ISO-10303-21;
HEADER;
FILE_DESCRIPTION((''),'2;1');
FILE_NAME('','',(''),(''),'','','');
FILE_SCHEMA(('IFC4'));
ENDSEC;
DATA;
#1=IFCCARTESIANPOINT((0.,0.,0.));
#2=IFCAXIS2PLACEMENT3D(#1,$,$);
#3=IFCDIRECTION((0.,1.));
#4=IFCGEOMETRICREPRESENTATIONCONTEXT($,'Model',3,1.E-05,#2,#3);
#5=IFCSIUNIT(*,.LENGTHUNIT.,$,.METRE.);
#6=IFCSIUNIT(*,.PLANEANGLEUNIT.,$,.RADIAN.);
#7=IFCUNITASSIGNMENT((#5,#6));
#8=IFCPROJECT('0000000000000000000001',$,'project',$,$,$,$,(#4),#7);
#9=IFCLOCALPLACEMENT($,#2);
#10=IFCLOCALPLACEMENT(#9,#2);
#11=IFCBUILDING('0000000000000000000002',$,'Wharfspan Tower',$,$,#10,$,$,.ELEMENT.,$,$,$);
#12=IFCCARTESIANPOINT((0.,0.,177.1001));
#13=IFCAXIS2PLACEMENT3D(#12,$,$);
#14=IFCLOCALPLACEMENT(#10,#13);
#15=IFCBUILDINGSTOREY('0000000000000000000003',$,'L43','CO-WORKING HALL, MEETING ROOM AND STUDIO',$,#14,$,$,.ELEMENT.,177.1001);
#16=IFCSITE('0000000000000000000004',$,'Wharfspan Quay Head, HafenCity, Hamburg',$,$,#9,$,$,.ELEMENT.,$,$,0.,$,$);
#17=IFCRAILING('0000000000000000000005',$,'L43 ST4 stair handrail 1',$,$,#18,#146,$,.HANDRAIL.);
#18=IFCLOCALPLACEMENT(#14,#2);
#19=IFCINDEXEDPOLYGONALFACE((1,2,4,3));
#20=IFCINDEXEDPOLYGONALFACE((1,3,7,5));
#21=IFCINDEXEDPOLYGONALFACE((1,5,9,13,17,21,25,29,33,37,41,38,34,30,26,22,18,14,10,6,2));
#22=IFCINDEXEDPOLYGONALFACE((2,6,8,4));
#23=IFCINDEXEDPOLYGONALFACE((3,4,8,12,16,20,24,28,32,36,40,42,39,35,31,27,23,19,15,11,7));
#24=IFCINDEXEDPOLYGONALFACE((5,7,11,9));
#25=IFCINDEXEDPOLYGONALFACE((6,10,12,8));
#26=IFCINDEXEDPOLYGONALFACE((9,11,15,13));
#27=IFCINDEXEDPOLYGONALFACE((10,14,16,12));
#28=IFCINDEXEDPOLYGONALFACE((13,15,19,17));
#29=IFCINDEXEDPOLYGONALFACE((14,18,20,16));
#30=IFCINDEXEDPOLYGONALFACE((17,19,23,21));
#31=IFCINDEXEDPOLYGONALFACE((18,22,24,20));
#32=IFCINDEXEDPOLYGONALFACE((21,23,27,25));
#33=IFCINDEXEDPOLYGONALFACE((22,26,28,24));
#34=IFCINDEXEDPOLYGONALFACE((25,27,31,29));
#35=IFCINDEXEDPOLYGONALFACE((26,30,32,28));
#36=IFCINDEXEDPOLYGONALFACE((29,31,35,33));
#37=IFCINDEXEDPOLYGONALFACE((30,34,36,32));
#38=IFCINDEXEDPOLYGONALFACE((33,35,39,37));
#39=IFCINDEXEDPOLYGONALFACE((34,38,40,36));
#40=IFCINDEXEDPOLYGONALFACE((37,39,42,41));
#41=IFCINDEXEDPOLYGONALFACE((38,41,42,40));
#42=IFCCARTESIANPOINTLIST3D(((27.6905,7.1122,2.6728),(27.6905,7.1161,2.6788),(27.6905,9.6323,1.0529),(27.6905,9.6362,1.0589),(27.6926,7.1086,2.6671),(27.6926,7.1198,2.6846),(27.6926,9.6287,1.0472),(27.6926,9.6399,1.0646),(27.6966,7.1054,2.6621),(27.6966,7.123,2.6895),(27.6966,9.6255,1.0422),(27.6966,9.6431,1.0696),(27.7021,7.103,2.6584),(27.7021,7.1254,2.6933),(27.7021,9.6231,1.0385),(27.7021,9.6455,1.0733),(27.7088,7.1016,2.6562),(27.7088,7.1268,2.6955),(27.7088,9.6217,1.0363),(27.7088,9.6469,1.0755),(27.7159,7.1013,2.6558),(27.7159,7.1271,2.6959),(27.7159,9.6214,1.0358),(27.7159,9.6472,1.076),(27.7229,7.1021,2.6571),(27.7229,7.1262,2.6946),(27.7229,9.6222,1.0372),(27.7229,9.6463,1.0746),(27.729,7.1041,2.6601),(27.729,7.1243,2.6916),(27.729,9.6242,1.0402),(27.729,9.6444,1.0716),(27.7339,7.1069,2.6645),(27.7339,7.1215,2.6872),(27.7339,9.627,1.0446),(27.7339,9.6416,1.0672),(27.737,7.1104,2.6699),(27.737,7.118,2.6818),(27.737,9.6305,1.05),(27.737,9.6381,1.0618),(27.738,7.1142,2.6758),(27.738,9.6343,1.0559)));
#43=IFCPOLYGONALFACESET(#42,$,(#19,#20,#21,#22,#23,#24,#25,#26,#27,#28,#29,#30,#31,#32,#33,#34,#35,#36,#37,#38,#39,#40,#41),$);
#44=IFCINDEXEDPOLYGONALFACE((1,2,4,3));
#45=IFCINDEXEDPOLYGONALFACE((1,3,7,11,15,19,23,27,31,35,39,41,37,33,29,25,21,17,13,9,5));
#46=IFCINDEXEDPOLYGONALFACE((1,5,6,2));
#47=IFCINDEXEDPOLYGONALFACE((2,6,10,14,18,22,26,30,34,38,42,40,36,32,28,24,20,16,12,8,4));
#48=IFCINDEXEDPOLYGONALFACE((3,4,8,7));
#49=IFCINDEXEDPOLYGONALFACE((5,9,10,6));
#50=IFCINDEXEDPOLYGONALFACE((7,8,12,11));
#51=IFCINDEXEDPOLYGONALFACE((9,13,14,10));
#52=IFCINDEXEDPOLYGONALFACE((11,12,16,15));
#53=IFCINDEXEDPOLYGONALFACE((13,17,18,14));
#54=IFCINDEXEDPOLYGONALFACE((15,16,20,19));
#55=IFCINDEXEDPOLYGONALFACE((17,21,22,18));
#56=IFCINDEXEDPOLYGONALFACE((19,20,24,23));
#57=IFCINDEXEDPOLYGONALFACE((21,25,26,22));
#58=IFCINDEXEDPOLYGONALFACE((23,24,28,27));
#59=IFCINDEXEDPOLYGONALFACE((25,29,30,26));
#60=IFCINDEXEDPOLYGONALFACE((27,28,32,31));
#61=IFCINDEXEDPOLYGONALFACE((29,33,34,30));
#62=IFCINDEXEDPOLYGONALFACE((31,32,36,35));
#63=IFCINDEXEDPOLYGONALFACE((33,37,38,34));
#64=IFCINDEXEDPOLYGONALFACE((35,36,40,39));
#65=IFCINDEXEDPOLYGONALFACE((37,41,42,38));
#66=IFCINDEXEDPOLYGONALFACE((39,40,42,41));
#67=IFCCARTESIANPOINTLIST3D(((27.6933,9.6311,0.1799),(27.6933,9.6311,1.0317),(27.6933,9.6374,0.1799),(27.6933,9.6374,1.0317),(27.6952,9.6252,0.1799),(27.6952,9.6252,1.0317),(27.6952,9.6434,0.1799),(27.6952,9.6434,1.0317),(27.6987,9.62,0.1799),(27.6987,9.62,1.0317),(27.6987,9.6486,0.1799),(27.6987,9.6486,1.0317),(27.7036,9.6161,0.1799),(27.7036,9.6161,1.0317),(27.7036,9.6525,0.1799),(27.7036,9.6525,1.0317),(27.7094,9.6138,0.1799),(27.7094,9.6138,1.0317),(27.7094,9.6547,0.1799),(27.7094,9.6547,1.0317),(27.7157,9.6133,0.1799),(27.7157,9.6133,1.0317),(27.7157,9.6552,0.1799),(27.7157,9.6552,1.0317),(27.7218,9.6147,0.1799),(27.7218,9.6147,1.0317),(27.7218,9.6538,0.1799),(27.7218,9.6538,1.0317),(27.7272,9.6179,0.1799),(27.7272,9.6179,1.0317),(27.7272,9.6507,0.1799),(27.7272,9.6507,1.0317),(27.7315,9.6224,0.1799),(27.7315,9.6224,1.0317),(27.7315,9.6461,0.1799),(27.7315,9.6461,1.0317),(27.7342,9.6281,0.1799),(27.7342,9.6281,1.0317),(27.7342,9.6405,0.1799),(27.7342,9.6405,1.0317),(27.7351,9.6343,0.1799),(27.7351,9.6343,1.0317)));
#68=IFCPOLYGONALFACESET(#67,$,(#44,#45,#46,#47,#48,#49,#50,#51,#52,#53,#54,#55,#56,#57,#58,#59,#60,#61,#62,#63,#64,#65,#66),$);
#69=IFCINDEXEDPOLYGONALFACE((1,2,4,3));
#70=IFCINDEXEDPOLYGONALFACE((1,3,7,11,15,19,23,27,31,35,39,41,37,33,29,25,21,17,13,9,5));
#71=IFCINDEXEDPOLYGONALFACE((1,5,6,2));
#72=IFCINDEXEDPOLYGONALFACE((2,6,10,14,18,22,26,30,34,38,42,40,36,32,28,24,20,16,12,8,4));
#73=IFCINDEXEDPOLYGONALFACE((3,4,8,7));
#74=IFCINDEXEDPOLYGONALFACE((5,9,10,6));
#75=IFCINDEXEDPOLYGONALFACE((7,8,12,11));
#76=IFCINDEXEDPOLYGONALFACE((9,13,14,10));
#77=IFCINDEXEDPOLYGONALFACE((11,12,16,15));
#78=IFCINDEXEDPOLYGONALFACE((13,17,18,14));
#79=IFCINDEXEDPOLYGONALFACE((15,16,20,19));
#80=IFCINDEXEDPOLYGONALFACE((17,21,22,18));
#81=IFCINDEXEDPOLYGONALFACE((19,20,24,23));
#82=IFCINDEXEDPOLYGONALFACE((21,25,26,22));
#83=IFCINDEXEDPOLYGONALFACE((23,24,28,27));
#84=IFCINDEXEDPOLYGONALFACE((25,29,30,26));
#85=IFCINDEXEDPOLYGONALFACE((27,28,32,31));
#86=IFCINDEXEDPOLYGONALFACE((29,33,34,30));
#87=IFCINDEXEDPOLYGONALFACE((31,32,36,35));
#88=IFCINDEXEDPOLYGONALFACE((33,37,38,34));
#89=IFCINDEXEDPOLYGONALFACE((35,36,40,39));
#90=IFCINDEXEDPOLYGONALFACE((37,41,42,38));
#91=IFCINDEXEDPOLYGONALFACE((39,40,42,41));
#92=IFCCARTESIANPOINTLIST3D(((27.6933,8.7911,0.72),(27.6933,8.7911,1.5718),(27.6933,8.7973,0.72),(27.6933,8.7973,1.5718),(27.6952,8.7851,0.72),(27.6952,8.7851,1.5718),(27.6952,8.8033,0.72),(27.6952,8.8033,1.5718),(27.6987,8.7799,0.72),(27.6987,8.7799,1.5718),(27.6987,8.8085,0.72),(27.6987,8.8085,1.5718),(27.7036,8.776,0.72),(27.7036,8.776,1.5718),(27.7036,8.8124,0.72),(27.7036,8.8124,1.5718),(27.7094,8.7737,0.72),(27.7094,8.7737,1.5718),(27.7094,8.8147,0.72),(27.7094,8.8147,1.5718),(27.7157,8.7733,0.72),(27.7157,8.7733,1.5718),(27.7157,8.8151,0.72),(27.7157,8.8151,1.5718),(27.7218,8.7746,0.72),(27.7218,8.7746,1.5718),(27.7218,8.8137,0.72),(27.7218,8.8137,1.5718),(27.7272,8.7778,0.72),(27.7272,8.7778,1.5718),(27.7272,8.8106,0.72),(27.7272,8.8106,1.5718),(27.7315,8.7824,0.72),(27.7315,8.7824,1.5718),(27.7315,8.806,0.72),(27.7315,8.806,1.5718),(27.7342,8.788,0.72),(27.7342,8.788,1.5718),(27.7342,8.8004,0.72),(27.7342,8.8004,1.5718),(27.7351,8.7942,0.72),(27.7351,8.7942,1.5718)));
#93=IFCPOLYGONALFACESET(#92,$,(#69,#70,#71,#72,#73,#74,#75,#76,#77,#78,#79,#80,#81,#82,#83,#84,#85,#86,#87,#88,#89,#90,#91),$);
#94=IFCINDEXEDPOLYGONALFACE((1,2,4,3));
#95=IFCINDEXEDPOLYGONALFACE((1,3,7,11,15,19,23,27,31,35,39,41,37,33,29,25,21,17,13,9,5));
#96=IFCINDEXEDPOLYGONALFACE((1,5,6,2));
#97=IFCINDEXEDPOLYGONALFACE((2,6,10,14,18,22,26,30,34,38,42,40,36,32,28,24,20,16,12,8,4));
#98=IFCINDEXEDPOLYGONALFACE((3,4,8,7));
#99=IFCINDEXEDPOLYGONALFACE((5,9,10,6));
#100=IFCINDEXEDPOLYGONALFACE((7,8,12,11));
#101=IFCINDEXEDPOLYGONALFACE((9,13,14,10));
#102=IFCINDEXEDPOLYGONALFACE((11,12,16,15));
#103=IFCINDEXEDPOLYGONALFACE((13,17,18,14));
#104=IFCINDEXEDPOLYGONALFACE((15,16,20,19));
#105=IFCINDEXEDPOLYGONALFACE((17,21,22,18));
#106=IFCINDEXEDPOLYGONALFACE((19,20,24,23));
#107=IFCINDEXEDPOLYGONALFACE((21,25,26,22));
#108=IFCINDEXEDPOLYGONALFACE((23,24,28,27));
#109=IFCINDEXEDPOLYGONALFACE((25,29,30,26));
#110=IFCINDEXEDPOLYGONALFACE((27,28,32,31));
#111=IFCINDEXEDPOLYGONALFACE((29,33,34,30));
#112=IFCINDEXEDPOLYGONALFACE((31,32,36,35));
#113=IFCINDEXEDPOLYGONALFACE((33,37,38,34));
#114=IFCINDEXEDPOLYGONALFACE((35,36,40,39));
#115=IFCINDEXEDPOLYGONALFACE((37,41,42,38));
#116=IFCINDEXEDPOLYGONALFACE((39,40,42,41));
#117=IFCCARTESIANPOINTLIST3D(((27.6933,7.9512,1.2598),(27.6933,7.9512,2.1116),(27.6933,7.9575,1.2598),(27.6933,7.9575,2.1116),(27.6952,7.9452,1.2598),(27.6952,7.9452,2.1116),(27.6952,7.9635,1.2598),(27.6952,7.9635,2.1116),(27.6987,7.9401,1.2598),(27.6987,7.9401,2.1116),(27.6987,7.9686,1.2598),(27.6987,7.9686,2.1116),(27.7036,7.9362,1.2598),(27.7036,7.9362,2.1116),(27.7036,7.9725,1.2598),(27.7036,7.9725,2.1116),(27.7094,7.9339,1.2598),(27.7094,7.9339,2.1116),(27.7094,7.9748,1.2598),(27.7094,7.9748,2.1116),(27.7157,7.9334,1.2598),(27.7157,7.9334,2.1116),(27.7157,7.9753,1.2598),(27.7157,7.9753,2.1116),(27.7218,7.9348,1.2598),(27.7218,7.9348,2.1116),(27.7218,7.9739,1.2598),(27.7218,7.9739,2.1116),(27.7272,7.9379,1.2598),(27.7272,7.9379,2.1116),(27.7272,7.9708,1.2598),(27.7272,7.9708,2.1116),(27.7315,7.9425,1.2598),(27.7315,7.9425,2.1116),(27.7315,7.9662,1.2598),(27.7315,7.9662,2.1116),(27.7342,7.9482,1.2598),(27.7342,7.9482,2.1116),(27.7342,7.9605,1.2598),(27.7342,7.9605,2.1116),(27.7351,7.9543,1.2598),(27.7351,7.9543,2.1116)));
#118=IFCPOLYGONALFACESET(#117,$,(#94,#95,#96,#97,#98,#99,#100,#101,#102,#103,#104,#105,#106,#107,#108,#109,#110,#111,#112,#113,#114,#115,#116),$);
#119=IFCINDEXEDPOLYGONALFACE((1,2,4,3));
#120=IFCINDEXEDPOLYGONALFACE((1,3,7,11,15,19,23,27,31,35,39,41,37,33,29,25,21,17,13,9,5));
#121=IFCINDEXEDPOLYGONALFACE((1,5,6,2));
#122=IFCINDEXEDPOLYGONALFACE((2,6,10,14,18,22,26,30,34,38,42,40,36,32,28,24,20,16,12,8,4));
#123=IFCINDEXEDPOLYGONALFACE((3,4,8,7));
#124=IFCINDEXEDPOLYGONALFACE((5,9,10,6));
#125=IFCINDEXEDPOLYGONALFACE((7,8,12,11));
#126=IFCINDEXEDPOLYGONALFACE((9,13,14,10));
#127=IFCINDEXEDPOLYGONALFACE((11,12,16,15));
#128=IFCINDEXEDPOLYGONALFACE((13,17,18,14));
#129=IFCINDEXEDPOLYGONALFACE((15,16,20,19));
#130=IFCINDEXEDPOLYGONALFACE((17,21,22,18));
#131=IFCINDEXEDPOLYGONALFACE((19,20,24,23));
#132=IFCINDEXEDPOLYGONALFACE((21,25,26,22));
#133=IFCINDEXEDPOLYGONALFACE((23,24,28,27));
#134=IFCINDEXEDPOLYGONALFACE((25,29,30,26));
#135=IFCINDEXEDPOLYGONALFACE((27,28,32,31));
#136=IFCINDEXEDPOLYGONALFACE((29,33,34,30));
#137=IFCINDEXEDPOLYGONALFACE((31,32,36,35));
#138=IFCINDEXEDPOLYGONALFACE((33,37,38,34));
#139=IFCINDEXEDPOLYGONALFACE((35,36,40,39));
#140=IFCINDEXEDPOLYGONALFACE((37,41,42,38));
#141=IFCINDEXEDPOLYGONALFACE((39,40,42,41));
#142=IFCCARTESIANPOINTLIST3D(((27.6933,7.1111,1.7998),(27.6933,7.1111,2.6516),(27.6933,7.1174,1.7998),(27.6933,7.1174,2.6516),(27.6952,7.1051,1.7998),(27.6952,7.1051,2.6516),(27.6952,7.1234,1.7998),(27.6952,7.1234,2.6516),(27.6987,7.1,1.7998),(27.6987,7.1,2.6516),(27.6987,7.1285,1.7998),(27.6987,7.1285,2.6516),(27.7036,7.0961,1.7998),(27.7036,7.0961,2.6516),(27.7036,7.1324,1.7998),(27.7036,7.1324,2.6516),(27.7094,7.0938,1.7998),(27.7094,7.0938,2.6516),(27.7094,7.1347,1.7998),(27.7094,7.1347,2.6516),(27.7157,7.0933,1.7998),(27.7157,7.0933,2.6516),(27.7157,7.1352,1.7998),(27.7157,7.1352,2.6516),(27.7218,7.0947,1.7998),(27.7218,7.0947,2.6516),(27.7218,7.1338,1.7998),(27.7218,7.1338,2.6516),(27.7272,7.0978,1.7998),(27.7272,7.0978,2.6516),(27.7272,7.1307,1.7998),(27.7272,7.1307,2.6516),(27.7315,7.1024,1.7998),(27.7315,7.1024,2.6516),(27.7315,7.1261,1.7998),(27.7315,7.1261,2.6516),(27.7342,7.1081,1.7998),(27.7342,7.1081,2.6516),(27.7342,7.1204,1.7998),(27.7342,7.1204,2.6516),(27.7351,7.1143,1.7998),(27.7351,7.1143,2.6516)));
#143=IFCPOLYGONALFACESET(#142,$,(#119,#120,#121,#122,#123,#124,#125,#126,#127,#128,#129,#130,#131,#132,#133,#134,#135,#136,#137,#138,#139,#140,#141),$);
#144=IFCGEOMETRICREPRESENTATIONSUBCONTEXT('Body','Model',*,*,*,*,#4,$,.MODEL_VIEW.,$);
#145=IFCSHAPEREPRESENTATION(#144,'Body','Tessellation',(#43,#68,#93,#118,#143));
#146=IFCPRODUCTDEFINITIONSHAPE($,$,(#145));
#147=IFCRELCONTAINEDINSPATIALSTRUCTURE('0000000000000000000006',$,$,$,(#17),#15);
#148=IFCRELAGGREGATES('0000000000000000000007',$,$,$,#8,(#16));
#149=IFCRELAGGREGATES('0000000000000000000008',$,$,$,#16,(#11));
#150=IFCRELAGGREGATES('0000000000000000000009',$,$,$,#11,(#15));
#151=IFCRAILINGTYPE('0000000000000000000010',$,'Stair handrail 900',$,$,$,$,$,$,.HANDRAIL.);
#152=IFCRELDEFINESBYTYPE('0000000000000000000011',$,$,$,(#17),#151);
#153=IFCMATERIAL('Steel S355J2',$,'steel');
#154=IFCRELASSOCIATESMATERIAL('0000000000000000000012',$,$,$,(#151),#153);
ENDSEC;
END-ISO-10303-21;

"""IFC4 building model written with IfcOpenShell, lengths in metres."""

from ifc_helpers import new_model, si_unit, direction, frame, origin, origin_2d, place, context, subcontext, project, spatial, circle, extrude, material, type_object, element, save


model = new_model("IFC4")

# Units and contexts
model_context = context("Model", 3, precision=1e-05, world=origin(), true_north=direction((0.0, 1.0)))
body_context = subcontext(model_context, "Body", "Model", "MODEL_VIEW")
ifc_project = project(units=[si_unit("LENGTHUNIT", "METRE"), si_unit("PLANEANGLEUNIT", "RADIAN")], contexts=[model_context])

# Site, building, storey
site_placement = place(None, origin())
site = spatial("IfcSite", under=ifc_project, at=site_placement, Name="Wharfspan Quay Head, HafenCity, Hamburg", CompositionType="ELEMENT", RefElevation=0.0)
building_placement = place(site_placement, origin())
building = spatial("IfcBuilding", under=site, at=building_placement, Name="Wharfspan Tower", CompositionType="ELEMENT")
storey_placement = place(building_placement, frame((0.0, 0.0, 177.1001)))
storey = spatial("IfcBuildingStorey", under=building, at=storey_placement, Name="L43", Description="CO-WORKING HALL, MEETING ROOM AND STUDIO", CompositionType="ELEMENT", Elevation=177.1001)

# Shared definitions
ifc_material_1 = material(Name="Steel S355J2", Category="steel")

# Railing
railing_type_1 = type_object("IfcRailingType", Name="Stair handrail 900", PredefinedType="HANDRAIL", material=ifc_material_1)
railing_1_placement = place(storey_placement, frame((27.7141, 9.6343, 0.1799)))
element("IfcRailing", 1, at=railing_1_placement, inside=storey, type_object=railing_type_1, Name="L43 ST4 stair handrail 1", PredefinedType="HANDRAIL", context=body_context, shape_type="SweptSolid", body=[
    extrude(circle(Radius=0.0239, at=origin_2d()), frame((0.0, 0.0, 0.876), z_axis=(0.0, -0.8412, 0.540725), x_axis=(1.0, 0.0, 0.0)), (0.0, 0.0, 1.0), 2.9958),
    extrude(circle(Radius=0.021, at=origin_2d()), origin(), (0.0, 0.0, 1.0), 0.8518),
    extrude(circle(Radius=0.021, at=origin_2d()), frame((0.0, -0.8401, 0.54)), (0.0, 0.0, 1.0), 0.8518),
    extrude(circle(Radius=0.021, at=origin_2d()), frame((0.0, -1.6799, 1.0798)), (0.0, 0.0, 1.0), 0.8518),
    extrude(circle(Radius=0.021, at=origin_2d()), frame((0.0, -2.52, 1.6199)), (0.0, 0.0, 1.0), 0.8518),
])

save(model, "model.ifc")
